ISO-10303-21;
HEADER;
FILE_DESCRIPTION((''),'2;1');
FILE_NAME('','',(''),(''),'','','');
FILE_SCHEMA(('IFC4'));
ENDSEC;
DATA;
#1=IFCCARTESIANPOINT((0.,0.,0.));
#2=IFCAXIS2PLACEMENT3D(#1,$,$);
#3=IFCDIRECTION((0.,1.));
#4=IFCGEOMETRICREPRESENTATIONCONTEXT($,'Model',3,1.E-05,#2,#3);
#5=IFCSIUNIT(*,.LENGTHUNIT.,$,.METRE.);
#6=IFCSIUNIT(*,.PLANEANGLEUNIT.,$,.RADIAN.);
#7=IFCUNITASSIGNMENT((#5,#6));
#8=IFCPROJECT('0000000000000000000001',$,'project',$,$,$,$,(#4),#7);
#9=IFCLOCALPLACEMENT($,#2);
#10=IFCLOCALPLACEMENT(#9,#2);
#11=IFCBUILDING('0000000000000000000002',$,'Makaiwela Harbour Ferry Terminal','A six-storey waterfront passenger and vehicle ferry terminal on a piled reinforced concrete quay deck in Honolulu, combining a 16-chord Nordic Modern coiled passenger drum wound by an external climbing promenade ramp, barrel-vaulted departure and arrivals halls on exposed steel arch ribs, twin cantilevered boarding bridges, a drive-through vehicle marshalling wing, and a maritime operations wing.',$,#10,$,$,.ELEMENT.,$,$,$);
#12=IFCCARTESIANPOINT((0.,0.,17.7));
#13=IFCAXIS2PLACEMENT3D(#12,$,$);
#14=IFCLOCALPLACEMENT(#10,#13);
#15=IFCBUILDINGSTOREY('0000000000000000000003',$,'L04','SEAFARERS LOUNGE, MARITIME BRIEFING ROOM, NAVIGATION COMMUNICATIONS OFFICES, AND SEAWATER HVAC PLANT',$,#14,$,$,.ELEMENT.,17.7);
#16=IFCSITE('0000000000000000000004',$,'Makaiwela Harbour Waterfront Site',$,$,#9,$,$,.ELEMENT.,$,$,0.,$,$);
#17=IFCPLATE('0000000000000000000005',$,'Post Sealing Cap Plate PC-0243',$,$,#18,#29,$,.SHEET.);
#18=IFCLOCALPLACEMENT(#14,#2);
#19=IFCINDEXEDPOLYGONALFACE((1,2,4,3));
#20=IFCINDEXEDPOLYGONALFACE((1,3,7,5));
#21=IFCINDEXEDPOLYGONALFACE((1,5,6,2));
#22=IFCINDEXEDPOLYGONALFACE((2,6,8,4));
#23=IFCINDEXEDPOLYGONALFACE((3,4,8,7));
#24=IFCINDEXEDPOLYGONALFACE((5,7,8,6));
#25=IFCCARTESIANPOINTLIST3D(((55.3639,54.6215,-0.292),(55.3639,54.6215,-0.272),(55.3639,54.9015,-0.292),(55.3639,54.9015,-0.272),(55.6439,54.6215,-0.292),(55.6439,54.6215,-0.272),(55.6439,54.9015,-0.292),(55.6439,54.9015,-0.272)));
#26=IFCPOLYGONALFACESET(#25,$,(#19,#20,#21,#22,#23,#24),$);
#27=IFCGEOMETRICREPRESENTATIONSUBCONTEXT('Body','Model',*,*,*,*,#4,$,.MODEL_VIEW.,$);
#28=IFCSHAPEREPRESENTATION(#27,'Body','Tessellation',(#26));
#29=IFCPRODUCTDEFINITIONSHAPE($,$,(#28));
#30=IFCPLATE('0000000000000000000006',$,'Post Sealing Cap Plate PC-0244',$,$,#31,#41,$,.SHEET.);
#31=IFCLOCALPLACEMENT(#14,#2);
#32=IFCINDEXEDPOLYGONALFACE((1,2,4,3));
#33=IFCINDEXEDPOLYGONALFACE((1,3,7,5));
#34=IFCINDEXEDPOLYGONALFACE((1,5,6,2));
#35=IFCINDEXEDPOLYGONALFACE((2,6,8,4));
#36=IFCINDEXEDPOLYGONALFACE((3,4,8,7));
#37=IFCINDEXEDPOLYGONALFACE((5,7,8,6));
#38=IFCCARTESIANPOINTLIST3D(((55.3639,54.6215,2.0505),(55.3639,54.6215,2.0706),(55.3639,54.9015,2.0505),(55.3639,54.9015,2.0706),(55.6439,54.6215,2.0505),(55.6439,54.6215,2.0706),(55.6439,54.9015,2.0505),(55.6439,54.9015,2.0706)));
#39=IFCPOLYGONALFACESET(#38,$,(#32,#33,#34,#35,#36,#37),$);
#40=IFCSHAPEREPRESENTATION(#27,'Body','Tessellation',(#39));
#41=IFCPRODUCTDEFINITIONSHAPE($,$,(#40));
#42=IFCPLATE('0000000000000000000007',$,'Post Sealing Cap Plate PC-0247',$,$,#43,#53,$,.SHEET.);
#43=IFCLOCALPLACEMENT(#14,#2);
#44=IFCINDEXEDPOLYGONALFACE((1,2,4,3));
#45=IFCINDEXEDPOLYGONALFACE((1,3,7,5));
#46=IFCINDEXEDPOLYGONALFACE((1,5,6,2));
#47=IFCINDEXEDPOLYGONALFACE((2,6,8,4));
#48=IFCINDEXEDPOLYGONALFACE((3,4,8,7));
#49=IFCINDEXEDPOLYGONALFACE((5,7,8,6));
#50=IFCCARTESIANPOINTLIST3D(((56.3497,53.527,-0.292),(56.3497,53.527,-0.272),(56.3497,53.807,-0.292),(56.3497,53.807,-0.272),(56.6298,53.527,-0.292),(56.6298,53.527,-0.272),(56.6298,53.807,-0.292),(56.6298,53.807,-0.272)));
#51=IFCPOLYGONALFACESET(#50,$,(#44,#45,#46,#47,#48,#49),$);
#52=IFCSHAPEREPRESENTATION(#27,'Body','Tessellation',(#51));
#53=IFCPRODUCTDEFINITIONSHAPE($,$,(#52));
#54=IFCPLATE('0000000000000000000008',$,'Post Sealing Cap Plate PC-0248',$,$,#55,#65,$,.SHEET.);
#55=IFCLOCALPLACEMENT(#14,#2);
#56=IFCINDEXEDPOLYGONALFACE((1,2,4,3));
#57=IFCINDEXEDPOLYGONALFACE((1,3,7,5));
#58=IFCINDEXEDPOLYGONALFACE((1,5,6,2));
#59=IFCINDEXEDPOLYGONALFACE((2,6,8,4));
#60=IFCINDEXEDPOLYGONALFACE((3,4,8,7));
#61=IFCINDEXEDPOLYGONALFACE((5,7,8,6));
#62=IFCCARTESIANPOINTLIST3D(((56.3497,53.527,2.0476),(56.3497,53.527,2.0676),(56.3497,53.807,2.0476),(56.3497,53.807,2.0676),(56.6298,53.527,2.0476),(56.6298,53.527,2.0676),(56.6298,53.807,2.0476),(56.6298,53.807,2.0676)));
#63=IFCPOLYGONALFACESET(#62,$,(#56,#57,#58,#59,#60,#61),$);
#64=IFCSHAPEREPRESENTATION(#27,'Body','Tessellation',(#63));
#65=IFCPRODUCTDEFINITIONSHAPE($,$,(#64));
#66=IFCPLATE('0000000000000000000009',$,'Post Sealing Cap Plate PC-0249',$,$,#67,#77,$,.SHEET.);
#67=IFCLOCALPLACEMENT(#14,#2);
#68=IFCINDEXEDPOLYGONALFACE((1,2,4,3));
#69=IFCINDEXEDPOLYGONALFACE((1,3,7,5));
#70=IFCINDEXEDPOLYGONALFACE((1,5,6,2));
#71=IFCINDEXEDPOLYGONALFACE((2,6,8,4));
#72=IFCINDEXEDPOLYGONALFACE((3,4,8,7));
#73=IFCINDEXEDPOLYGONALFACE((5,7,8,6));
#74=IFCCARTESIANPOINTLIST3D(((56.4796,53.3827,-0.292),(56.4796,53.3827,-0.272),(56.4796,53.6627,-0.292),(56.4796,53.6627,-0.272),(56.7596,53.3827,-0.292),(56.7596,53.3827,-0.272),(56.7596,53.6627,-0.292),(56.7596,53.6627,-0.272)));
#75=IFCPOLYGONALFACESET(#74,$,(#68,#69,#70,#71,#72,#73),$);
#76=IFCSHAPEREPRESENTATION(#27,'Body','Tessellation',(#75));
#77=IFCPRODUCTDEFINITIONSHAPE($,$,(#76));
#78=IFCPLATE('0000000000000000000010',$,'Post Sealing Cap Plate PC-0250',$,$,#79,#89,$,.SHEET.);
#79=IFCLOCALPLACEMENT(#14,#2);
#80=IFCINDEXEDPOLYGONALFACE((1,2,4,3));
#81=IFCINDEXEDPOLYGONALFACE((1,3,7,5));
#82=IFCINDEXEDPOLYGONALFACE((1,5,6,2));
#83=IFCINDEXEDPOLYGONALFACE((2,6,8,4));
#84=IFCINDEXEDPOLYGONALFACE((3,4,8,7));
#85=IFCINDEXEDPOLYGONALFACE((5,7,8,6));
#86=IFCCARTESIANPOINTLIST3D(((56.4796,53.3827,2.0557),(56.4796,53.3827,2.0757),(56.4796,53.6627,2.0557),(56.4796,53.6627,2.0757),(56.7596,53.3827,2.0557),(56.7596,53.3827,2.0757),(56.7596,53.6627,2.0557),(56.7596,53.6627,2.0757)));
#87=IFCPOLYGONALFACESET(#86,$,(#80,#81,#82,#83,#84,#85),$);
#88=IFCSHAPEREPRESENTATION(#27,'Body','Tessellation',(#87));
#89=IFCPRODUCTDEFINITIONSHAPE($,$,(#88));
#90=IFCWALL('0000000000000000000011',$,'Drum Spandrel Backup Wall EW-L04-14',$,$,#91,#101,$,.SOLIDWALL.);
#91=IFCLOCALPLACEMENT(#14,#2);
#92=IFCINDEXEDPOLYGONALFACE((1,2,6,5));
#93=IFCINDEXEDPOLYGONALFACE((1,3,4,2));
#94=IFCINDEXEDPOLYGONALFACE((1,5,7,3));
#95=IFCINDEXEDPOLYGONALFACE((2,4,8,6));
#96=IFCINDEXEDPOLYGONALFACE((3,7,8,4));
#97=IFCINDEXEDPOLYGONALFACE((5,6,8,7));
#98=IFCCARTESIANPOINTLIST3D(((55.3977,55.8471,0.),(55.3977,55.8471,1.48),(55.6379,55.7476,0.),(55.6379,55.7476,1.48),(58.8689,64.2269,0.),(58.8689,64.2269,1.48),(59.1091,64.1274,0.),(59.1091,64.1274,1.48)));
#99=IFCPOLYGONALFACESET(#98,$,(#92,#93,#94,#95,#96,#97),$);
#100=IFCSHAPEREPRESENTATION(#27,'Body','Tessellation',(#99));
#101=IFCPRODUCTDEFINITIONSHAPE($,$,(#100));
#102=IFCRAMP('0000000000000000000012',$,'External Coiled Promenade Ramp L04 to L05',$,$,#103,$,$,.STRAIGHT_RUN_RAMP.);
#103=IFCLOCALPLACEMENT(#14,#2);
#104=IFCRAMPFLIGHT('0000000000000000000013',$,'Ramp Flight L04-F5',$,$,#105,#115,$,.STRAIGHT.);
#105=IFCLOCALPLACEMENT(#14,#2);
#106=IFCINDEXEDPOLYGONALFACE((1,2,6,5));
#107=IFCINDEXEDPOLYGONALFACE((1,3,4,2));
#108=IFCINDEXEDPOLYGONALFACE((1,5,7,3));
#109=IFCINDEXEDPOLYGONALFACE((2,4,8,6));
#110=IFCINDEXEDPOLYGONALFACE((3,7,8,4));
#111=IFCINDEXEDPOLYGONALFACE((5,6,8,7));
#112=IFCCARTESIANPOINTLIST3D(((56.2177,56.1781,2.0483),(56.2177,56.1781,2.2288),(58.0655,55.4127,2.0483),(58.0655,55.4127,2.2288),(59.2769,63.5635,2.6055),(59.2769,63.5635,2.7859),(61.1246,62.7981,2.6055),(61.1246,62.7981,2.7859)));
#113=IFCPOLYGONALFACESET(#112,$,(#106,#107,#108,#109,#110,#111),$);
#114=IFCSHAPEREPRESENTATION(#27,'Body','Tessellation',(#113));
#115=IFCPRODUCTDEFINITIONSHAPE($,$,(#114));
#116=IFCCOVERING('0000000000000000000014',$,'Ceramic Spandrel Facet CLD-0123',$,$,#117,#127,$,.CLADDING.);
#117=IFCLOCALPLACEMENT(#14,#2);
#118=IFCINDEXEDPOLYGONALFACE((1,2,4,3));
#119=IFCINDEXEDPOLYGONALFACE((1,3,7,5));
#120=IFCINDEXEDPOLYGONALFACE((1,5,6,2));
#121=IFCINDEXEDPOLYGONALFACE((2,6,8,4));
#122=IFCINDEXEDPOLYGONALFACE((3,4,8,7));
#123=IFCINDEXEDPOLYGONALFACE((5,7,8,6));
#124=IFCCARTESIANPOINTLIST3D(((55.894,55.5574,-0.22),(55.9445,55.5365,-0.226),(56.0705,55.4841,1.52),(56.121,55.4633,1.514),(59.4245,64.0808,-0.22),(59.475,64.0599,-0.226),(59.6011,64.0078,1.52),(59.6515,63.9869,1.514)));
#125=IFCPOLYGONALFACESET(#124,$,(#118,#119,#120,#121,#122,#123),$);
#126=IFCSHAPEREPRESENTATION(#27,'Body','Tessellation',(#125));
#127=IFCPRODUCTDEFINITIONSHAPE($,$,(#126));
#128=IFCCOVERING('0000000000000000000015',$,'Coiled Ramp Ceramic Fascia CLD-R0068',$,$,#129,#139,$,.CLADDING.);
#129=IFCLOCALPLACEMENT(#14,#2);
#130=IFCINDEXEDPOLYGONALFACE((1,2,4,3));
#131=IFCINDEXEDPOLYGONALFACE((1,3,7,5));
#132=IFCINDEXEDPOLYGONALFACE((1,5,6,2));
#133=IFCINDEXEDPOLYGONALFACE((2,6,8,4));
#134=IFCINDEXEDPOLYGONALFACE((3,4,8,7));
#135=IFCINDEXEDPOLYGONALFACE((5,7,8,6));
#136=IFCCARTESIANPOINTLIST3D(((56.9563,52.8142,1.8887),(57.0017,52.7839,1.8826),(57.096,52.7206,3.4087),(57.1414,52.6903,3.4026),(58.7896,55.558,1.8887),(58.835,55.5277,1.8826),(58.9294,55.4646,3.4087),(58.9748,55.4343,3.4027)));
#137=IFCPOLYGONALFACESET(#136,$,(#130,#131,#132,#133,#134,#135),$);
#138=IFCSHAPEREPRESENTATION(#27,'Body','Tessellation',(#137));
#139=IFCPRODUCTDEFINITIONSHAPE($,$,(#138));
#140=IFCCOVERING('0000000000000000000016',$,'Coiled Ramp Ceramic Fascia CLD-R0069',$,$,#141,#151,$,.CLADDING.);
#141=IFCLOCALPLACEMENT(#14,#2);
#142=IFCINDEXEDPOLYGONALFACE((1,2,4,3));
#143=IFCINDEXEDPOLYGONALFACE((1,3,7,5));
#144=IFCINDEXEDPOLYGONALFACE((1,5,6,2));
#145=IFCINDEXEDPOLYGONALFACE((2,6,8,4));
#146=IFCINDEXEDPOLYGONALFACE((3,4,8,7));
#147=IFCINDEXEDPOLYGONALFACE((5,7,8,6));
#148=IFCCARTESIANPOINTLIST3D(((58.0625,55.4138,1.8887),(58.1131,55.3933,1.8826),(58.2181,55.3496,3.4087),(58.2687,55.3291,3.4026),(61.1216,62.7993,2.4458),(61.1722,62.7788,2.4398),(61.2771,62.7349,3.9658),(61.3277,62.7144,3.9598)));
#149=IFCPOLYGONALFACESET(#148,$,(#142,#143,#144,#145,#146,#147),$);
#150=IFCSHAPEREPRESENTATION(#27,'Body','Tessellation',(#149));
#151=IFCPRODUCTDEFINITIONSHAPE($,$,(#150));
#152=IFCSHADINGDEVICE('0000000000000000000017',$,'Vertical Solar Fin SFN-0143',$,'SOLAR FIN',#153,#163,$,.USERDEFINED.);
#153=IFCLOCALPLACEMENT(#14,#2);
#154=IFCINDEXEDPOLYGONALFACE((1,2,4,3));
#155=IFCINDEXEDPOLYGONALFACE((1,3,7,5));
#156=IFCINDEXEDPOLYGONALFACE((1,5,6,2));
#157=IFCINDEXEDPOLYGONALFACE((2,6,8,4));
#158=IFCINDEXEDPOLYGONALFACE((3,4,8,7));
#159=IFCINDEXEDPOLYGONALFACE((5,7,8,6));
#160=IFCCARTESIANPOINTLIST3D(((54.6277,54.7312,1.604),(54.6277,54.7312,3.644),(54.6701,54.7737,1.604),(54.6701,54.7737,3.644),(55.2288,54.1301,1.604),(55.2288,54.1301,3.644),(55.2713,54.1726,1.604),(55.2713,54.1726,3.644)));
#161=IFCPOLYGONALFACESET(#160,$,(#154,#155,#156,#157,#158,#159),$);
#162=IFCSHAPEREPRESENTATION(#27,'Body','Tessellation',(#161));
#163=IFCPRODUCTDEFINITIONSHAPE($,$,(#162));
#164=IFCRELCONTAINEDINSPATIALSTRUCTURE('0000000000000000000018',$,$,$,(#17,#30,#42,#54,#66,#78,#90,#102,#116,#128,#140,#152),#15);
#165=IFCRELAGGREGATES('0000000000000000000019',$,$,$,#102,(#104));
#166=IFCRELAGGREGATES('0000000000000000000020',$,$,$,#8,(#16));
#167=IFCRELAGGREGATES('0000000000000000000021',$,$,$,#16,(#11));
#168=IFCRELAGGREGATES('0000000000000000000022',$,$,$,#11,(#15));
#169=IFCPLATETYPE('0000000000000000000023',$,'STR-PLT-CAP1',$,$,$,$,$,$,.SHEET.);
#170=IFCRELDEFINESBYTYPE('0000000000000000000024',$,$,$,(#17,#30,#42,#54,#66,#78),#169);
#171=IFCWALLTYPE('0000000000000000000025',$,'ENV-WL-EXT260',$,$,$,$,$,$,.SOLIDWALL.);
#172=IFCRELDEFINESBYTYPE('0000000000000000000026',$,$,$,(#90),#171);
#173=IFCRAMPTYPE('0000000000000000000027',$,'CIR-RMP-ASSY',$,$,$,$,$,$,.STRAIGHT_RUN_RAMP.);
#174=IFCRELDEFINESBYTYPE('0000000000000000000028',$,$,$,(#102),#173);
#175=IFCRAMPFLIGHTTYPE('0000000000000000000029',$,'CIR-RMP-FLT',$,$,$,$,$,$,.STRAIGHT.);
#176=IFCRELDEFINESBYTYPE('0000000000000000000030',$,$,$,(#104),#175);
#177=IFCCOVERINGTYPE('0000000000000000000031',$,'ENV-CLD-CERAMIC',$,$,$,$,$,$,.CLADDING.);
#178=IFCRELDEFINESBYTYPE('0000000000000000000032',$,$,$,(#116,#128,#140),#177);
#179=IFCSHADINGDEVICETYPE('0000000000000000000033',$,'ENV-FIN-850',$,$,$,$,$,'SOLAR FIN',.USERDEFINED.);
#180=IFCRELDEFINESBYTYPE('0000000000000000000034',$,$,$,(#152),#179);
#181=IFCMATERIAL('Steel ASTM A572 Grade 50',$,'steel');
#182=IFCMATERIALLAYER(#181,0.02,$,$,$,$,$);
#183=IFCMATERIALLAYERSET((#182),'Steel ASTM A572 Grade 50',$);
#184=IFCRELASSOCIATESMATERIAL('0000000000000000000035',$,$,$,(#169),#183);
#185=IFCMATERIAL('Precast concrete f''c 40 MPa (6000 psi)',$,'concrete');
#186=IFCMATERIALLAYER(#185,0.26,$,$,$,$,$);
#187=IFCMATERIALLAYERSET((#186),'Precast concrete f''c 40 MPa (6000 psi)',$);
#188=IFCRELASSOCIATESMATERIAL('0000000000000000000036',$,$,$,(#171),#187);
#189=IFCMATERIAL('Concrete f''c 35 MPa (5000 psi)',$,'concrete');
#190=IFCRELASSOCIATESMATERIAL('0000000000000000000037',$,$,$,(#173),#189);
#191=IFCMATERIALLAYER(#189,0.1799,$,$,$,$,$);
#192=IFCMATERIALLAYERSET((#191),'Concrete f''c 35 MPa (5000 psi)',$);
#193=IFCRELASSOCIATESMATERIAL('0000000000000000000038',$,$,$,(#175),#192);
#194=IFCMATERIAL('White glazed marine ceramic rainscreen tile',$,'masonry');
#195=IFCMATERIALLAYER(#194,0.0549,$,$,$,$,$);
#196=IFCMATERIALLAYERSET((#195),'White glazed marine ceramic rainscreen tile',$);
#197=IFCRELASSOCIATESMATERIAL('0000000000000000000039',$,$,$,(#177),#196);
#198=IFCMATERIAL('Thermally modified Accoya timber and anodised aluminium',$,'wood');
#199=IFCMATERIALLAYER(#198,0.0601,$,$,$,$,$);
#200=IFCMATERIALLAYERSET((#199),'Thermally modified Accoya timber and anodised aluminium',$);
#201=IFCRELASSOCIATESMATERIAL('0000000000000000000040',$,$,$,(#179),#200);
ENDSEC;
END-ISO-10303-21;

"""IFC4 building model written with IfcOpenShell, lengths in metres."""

from ifc_helpers import new_model, si_unit, direction, frame, frame_2d, origin, origin_2d, place, context, subcontext, project, spatial, polyline, rectangle, outline, extrude, material, layer, layer_set, type_object, element, aggregate, save


model = new_model("IFC4")

# Units and contexts
model_context = context("Model", 3, precision=1e-05, world=origin(), true_north=direction((0.0, 1.0)))
body_context = subcontext(model_context, "Body", "Model", "MODEL_VIEW")
ifc_project = project(units=[si_unit("LENGTHUNIT", "METRE"), si_unit("PLANEANGLEUNIT", "RADIAN")], contexts=[model_context])

# Site, building, storey
site_placement = place(None, origin())
site = spatial("IfcSite", under=ifc_project, at=site_placement, Name="Makaiwela Harbour Waterfront Site", CompositionType="ELEMENT", RefElevation=0.0)
building_placement = place(site_placement, origin())
building = spatial("IfcBuilding", under=site, at=building_placement, Name="Makaiwela Harbour Ferry Terminal", Description="A six-storey waterfront passenger and vehicle ferry terminal on a piled reinforced concrete quay deck in Honolulu, combining a 16-chord Nordic Modern coiled passenger drum wound by an external climbing promenade ramp, barrel-vaulted departure and arrivals halls on exposed steel arch ribs, twin cantilevered boarding bridges, a drive-through vehicle marshalling wing, and a maritime operations wing.", CompositionType="ELEMENT")
storey_placement = place(building_placement, frame((0.0, 0.0, 17.7)))
storey = spatial("IfcBuildingStorey", under=building, at=storey_placement, Name="L04", Description="SEAFARERS LOUNGE, MARITIME BRIEFING ROOM, NAVIGATION COMMUNICATIONS OFFICES, AND SEAWATER HVAC PLANT", CompositionType="ELEMENT", Elevation=17.7)

# Plates
ifc_material_1 = material(Name="Steel ASTM A572 Grade 50", Category="steel")
ifc_layer_1 = layer(ifc_material_1, 0.02)
ifc_layer_set_1 = layer_set([ifc_layer_1], Name="Steel ASTM A572 Grade 50")
plate_type_1 = type_object("IfcPlateType", Name="STR-PLT-CAP1", PredefinedType="SHEET", material=ifc_layer_set_1)
for number, where, z_axis, x_axis, name in (
    (1, (55.5039, 54.7615, -0.292), (0.0, 0.0, 1.0), (1.0, 0.0, 0.0), "Post Sealing Cap Plate PC-0243"),
    (2, (55.5039, 54.7615, 2.0505), (0.0, 0.0, 1.0), (1.0, 0.0, 0.0), "Post Sealing Cap Plate PC-0244"),
    (3, (56.4897, 53.667, -0.292), (0.0, 0.0, 1.0), (1.0, 0.0, 0.0), "Post Sealing Cap Plate PC-0247"),
    (4, (56.4897, 53.667, 2.0476), (0.0, 0.0, 1.0), (1.0, 0.0, 0.0), "Post Sealing Cap Plate PC-0248"),
    (5, (56.6196, 53.5227, -0.292), (0.0, 0.0, 1.0), (1.0, 0.0, 0.0), "Post Sealing Cap Plate PC-0249"),
    (6, (56.6196, 53.5227, 2.0557), (0.0, 0.0, 1.0), (1.0, 0.0, 0.0), "Post Sealing Cap Plate PC-0250"),
):
    element("IfcPlate", number, at=place(storey_placement, frame(where, z_axis=z_axis, x_axis=x_axis)), inside=storey, type_object=plate_type_1, Name=name, PredefinedType="SHEET", context=body_context, shape_type="SweptSolid", body=[
        extrude(rectangle(XDim=0.28, YDim=0.28, at=origin_2d()), origin(), (0.0, 0.0, 1.0), 0.02),
    ])

# Wall
ifc_material_2 = material(Name="Precast concrete f'c 40 MPa (6000 psi)", Category="concrete")
ifc_layer_2 = layer(ifc_material_2, 0.26)
ifc_layer_set_2 = layer_set([ifc_layer_2], Name="Precast concrete f'c 40 MPa (6000 psi)")
wall_type = type_object("IfcWallType", Name="ENV-WL-EXT260", PredefinedType="SOLIDWALL", material=ifc_layer_set_2)
wall_placement = place(storey_placement, frame((55.5178, 55.7974, 0.0), z_axis=(0.0, 0.0, 1.0), x_axis=(0.382696, 0.923874, 0.0)))
element("IfcWall", 7, at=wall_placement, inside=storey, type_object=wall_type, Name="Drum Spandrel Backup Wall EW-L04-14", PredefinedType="SOLIDWALL", context=body_context, shape_type="SweptSolid", body=[
    extrude(rectangle(XDim=9.0703, YDim=0.26, at=frame_2d((4.5352, 0.0))), origin(), (0.0, 0.0, 1.0), 1.48),
])

# Ramp, ramp flight
ifc_material_3 = material(Name="Concrete f'c 35 MPa (5000 psi)", Category="concrete")
ramp_type = type_object("IfcRampType", Name="CIR-RMP-ASSY", PredefinedType="STRAIGHT_RUN_RAMP", material=ifc_material_3)
ramp_placement = place(storey_placement, origin())
ramp = element("IfcRamp", 8, at=ramp_placement, inside=storey, type_object=ramp_type, Name="External Coiled Promenade Ramp L04 to L05", PredefinedType="STRAIGHT_RUN_RAMP")
ifc_layer_3 = layer(ifc_material_3, 0.1799)
ifc_layer_set_3 = layer_set([ifc_layer_3], Name="Concrete f'c 35 MPa (5000 psi)")
ramp_flight_type = type_object("IfcRampFlightType", Name="CIR-RMP-FLT", PredefinedType="STRAIGHT", material=ifc_layer_set_3)
ramp_flight_placement = place(storey_placement, frame((57.1416, 55.7954, 2.2288), z_axis=(0.0, 0.0, 1.0), x_axis=(0.382683, 0.92388, 0.0)))
ramp_flight = element("IfcRampFlight", 9, at=ramp_flight_placement, type_object=ramp_flight_type, Name="Ramp Flight L04-F5", PredefinedType="STRAIGHT", context=body_context, shape_type="SweptSolid", body=[
    extrude(outline(polyline([(0.0, 0.0), (7.9939, 0.5571), (7.9939, 0.3767), (0.0, -0.1804), (0.0, 0.0)])), frame((0.0, 1.0, 0.0), z_axis=(0.0, -1.0, 0.0), x_axis=(1.0, 0.0, 0.0)), (0.0, 0.0, 1.0), 2.0),
])
aggregate(ramp, [ramp_flight])

# Coverings
ifc_material_4 = material(Name="White glazed marine ceramic rainscreen tile", Category="masonry")
ifc_layer_4 = layer(ifc_material_4, 0.0549)
ifc_layer_set_4 = layer_set([ifc_layer_4], Name="White glazed marine ceramic rainscreen tile")
covering_type = type_object("IfcCoveringType", Name="ENV-CLD-CERAMIC", PredefinedType="CLADDING", material=ifc_layer_set_4)
covering_1_placement = place(storey_placement, frame((55.894, 55.5574, -0.22), z_axis=(-0.918362, 0.380392, 0.109149), x_axis=(0.382678, 0.923882, 0.000001)))
element("IfcCovering", 10, at=covering_1_placement, inside=storey, type_object=covering_type, Name="Ceramic Spandrel Facet CLD-0123", PredefinedType="CLADDING", context=body_context, shape_type="SweptSolid", body=[
    extrude(outline(polyline([(0.0, 0.0), (9.2257, 0.0), (9.2258, -1.7504), (-0.0001, -1.7505), (0.0, 0.0)])), origin(), (0.0, 0.0, -1.0), 0.0549),
])
covering_2_placement = place(storey_placement, frame((56.9563, 52.8142, 1.8887), z_axis=(-0.826433, 0.552193, 0.109962), x_axis=(0.555562, 0.831475, -0.000003)))
element("IfcCovering", 11, at=covering_2_placement, inside=storey, type_object=covering_type, Name="Coiled Ramp Ceramic Fascia CLD-R0068", PredefinedType="CLADDING", context=body_context, shape_type="SweptSolid", body=[
    extrude(outline(polyline([(0.0, 0.0), (3.3, 0.0), (3.2999, -1.5293), (-0.0002, -1.5293), (0.0, 0.0)])), origin(), (0.0, 0.0, -1.0), 0.0549),
])
covering_3_placement = place(storey_placement, frame((58.0625, 55.4138, 1.8887), z_axis=(-0.921178, 0.373258, 0.110046), x_axis=(0.381753, 0.921646, 0.069524)))
element("IfcCovering", 12, at=covering_3_placement, inside=storey, type_object=covering_type, Name="Coiled Ramp Ceramic Fascia CLD-R0069", PredefinedType="CLADDING", context=body_context, shape_type="SweptSolid", body=[
    extrude(outline(polyline([(0.0, 0.0), (8.0134, 0.0), (8.119, -1.5257), (0.1059, -1.5256), (0.0, 0.0)])), origin(), (0.0, 0.0, -1.0), 0.0549),
])

# Shading device
ifc_material_5 = material(Name="Thermally modified Accoya timber and anodised aluminium", Category="wood")
ifc_layer_5 = layer(ifc_material_5, 0.0601)
ifc_layer_set_5 = layer_set([ifc_layer_5], Name="Thermally modified Accoya timber and anodised aluminium")
shading_device_type = type_object("IfcShadingDeviceType", Name="ENV-FIN-850", ElementType="SOLAR FIN", PredefinedType="USERDEFINED", material=ifc_layer_set_5)
shading_device_placement = place(storey_placement, frame((54.9495, 54.4519, 1.604), z_axis=(0.0, 0.0, 1.0), x_axis=(0.707107, -0.707107, 0.0)))
element("IfcShadingDevice", 13, at=shading_device_placement, inside=storey, type_object=shading_device_type, Name="Vertical Solar Fin SFN-0143", ObjectType="SOLAR FIN", PredefinedType="USERDEFINED", context=body_context, shape_type="SweptSolid", body=[
    extrude(rectangle(XDim=0.8501, YDim=0.0601, at=origin_2d()), origin(), (0.0, 0.0, 1.0), 2.04),
])

save(model, "model.ifc")
